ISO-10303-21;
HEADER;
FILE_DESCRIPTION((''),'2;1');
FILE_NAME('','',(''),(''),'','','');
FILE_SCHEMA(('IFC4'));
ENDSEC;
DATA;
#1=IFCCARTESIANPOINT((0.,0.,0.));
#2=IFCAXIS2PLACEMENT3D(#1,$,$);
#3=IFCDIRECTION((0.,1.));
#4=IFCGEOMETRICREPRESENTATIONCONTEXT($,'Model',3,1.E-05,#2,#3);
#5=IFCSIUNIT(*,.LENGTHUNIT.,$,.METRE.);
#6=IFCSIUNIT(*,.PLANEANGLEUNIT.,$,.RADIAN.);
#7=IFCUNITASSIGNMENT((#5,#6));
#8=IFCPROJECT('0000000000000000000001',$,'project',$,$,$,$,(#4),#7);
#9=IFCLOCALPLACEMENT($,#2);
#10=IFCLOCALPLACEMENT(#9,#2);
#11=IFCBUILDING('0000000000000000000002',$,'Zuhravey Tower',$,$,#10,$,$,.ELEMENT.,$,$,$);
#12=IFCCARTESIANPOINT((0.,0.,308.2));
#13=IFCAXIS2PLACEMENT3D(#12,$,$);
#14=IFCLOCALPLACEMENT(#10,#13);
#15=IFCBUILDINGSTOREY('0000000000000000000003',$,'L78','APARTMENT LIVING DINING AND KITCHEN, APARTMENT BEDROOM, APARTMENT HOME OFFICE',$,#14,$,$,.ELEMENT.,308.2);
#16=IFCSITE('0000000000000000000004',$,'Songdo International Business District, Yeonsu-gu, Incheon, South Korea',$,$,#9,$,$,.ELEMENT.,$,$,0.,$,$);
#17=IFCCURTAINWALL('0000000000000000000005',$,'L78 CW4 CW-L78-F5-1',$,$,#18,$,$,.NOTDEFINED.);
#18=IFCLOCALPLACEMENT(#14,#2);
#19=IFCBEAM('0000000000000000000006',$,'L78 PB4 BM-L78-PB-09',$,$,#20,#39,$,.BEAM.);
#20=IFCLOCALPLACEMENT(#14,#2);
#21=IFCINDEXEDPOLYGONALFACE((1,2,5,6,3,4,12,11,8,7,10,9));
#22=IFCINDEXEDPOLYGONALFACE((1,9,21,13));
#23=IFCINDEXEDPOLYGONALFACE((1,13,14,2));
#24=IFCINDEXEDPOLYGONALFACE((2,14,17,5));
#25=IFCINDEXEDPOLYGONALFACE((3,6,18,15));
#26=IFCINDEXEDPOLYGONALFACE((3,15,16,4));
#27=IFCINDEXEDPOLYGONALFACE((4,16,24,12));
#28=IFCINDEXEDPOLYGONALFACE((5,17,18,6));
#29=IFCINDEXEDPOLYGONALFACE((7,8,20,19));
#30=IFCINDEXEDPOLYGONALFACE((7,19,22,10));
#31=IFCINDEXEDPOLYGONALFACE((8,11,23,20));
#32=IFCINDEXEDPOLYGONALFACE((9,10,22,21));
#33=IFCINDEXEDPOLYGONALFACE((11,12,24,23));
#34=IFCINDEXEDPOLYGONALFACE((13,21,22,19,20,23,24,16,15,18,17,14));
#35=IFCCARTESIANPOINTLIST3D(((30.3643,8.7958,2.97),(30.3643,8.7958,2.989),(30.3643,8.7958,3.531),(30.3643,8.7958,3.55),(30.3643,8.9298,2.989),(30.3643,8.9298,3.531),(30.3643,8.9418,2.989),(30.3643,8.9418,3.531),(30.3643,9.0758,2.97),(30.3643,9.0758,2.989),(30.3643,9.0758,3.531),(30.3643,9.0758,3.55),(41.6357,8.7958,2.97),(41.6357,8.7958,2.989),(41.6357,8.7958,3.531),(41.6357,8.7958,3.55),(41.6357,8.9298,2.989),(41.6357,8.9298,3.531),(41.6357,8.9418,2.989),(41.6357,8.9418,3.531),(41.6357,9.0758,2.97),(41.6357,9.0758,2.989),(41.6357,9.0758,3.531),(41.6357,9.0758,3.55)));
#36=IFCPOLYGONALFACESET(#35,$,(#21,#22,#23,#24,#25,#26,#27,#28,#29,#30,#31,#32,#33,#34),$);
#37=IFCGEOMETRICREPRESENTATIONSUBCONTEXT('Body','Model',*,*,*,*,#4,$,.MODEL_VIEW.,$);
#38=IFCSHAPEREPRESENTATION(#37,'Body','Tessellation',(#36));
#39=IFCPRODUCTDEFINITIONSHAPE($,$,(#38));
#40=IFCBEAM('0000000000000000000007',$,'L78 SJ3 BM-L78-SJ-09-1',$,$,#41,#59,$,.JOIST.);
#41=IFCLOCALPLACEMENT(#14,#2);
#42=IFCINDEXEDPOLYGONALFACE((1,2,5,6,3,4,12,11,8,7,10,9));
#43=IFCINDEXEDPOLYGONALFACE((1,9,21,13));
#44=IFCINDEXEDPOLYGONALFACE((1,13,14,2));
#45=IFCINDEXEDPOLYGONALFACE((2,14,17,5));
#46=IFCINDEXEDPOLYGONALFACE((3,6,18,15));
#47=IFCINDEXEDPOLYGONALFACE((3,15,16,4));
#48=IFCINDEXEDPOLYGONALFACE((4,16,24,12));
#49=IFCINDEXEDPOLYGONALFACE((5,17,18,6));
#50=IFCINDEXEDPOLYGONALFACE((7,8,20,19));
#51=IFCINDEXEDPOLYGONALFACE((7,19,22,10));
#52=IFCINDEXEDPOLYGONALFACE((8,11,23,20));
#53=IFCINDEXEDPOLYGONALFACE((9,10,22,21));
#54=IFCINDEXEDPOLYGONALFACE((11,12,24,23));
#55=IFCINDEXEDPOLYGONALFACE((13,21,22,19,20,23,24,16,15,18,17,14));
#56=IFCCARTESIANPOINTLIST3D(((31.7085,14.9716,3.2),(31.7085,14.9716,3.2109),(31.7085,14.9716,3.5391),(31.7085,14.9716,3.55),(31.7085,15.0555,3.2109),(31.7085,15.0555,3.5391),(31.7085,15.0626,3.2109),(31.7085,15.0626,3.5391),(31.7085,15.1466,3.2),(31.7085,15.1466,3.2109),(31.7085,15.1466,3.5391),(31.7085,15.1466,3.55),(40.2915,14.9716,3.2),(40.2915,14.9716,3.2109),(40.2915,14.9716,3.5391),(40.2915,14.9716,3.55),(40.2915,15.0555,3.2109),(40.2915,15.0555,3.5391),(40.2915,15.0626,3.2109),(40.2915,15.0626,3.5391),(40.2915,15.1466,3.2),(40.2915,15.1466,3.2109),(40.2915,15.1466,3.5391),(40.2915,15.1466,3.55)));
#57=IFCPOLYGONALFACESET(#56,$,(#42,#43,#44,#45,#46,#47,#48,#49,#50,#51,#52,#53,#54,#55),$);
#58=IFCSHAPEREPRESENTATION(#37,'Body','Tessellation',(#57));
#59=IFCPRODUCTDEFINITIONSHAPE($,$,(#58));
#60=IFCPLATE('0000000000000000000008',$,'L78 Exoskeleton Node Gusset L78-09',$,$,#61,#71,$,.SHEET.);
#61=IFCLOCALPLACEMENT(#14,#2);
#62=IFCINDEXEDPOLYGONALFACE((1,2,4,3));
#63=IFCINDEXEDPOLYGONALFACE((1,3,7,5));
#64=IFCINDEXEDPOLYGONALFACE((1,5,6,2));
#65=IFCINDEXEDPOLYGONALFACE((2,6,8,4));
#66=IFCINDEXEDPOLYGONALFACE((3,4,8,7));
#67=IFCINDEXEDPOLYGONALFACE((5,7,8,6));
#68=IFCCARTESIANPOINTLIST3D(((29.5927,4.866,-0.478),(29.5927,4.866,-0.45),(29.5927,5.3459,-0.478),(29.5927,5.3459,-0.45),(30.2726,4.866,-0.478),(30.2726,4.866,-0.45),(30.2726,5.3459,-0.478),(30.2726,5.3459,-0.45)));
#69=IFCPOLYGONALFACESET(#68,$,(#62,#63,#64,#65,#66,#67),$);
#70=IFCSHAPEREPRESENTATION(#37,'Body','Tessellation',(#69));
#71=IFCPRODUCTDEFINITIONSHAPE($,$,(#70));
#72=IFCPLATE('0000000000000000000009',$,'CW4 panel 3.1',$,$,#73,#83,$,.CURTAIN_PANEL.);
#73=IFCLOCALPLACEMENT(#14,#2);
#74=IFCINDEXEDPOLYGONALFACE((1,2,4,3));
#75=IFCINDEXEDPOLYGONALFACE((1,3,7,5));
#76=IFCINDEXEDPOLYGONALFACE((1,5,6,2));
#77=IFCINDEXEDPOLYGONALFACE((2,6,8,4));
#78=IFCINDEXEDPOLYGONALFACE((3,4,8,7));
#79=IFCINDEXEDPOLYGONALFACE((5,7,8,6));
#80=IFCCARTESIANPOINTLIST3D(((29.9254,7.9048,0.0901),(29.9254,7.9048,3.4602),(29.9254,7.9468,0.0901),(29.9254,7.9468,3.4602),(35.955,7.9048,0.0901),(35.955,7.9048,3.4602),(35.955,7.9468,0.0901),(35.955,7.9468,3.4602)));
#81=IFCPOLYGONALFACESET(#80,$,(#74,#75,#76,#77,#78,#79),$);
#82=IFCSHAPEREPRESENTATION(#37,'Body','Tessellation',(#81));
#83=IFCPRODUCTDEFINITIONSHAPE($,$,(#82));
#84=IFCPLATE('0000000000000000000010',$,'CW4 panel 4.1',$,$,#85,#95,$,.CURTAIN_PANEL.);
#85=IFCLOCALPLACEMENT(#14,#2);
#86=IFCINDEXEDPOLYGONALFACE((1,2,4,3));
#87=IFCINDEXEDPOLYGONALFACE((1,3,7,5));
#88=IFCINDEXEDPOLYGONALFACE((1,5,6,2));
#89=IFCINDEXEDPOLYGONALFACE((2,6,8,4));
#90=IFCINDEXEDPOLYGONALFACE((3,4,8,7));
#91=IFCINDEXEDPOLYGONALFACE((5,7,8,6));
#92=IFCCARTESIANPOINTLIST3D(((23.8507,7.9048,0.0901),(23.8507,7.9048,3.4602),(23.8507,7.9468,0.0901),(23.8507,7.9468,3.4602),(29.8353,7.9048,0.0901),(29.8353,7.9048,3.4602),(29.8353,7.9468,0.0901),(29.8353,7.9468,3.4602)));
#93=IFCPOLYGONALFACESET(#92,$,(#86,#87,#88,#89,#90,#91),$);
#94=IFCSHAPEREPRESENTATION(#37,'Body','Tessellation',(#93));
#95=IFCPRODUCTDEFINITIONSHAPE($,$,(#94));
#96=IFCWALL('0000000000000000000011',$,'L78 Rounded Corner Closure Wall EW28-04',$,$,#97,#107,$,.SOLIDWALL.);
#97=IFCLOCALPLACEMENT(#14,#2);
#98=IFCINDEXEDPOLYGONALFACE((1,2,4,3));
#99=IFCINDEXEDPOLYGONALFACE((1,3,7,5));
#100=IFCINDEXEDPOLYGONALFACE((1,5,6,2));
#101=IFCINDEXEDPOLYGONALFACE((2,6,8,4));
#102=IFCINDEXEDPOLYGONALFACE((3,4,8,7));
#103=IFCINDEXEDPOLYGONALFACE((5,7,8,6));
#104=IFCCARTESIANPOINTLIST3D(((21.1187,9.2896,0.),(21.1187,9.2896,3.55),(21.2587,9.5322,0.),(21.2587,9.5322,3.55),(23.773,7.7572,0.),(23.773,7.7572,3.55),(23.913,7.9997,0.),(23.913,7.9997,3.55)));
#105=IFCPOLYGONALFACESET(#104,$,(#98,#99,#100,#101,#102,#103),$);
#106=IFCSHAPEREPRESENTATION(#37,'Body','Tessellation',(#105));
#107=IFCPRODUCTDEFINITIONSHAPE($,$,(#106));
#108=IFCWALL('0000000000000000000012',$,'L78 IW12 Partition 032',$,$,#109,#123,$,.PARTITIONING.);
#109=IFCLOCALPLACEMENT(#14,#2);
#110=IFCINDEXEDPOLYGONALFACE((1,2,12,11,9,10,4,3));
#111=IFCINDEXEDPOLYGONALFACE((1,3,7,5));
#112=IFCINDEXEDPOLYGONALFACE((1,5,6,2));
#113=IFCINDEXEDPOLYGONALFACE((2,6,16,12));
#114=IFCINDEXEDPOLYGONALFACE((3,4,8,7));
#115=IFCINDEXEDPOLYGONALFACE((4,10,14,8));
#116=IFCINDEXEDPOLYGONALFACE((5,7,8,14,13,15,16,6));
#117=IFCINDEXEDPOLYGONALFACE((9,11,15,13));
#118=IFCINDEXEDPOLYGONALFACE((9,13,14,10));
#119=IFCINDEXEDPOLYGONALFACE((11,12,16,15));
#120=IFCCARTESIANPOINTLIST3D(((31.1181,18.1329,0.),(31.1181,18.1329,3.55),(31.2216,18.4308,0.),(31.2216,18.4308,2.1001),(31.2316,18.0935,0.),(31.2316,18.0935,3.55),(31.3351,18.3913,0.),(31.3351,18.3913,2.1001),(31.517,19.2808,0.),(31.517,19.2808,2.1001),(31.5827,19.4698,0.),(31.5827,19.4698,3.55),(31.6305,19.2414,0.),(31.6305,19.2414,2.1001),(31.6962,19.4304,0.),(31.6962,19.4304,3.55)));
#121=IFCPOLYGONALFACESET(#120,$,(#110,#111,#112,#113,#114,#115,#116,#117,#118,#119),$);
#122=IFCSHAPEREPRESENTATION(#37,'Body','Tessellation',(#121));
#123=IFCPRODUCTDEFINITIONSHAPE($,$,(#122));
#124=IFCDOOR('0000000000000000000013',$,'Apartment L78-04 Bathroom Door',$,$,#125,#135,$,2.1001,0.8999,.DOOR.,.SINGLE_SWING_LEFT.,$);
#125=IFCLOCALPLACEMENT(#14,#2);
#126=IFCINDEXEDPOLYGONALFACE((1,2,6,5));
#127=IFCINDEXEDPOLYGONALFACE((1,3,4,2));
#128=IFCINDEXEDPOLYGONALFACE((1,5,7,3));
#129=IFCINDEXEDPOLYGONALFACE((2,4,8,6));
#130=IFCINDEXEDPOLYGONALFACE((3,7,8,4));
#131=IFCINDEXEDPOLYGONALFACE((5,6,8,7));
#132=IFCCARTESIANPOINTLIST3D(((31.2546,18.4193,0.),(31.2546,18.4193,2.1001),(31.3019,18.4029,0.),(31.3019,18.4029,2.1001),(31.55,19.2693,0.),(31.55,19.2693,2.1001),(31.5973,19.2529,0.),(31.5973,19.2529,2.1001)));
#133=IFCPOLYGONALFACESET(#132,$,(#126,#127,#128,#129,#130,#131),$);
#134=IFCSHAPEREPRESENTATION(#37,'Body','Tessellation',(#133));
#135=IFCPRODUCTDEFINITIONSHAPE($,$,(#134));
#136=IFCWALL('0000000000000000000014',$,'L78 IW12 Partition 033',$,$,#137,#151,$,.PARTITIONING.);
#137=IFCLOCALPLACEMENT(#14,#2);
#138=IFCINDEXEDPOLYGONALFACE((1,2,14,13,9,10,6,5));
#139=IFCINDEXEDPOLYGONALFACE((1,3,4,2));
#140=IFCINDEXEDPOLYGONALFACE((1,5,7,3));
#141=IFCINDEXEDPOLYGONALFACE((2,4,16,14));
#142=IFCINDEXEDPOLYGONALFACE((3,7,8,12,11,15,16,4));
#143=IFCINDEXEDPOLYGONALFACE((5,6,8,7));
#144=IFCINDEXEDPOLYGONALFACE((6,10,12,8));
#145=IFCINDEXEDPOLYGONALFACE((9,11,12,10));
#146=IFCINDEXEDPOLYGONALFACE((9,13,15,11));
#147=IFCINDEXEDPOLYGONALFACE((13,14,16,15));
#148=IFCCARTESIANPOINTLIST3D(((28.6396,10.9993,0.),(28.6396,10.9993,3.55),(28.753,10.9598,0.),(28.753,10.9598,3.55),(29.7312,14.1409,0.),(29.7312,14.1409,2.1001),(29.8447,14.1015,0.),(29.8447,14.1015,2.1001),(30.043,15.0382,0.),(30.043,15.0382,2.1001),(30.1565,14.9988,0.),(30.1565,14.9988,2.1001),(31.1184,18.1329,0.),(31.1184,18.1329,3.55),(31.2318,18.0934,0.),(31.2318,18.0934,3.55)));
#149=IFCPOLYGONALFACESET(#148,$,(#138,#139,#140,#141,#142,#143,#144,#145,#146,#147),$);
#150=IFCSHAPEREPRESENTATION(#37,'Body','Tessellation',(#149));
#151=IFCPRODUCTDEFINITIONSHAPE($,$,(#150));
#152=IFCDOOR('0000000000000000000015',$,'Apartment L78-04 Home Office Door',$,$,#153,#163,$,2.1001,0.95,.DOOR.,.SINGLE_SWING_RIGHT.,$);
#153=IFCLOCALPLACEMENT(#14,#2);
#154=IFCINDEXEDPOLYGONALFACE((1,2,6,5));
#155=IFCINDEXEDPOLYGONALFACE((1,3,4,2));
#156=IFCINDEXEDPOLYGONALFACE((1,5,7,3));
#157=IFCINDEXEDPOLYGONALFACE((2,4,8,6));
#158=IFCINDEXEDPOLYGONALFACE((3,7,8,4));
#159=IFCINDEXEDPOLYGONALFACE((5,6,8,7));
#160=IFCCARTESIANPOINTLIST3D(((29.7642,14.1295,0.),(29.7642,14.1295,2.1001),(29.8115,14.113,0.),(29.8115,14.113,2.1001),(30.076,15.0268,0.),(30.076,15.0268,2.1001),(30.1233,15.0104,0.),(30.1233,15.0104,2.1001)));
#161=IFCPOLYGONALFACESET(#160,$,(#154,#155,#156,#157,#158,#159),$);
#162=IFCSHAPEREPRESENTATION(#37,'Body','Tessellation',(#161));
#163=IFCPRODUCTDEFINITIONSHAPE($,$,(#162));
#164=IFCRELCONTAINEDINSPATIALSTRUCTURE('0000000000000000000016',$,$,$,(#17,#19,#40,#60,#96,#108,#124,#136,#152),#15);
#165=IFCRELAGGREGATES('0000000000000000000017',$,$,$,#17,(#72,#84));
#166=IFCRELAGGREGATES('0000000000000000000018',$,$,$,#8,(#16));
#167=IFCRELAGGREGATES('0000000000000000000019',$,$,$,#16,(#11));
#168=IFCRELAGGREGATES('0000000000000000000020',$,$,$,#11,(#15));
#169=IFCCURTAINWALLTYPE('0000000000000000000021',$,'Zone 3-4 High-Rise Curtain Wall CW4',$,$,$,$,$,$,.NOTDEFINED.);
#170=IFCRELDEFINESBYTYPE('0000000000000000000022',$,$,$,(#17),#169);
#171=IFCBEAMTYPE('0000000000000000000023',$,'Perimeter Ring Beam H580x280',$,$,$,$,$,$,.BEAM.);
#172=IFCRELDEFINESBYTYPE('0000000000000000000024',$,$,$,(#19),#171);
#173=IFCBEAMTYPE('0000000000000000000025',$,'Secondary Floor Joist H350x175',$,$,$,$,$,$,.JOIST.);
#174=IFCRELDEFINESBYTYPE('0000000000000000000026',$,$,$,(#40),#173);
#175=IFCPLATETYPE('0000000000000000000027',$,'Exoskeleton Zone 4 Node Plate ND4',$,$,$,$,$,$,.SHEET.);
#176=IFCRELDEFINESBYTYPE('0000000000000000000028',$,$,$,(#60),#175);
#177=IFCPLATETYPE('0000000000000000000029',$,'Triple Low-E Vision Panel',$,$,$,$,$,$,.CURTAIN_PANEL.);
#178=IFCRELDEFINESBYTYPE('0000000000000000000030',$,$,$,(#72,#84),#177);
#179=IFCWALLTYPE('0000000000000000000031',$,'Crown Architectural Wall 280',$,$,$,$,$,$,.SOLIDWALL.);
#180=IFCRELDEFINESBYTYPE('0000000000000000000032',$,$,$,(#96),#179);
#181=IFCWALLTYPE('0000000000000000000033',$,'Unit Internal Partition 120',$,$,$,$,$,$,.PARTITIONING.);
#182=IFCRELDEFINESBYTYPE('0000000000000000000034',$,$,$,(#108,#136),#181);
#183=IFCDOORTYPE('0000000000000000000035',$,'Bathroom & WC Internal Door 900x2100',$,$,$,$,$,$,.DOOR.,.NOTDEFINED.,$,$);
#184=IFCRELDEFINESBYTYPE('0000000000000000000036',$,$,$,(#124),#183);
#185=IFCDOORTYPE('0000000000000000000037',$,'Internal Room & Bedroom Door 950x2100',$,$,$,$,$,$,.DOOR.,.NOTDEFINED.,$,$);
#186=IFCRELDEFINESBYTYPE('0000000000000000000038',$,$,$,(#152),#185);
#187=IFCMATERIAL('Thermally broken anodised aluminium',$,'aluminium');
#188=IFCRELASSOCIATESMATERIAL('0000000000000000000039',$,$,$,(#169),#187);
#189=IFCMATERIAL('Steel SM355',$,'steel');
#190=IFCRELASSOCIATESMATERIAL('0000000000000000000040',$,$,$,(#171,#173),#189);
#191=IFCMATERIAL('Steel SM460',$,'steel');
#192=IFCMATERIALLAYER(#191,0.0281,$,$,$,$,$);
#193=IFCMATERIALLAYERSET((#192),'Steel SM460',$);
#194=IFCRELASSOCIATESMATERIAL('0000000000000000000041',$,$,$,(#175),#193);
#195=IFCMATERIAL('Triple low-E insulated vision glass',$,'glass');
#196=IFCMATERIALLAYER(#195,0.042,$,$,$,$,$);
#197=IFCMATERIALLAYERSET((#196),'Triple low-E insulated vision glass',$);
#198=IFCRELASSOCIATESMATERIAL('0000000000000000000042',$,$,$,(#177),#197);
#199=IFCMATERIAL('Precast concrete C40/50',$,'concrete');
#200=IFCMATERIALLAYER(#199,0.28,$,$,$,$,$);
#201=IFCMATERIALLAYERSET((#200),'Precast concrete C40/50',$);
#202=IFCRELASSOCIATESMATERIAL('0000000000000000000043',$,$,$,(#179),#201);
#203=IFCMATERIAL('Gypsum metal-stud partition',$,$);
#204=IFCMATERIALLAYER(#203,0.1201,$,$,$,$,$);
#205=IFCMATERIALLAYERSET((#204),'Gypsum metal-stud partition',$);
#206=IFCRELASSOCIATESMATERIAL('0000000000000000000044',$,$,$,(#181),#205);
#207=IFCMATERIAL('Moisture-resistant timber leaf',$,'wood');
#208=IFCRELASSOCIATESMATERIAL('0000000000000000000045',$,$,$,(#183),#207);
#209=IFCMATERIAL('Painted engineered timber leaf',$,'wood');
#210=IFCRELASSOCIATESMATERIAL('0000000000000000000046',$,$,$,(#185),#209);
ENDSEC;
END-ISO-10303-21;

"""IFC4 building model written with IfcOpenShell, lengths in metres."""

from ifc_helpers import new_model, si_unit, direction, frame, frame_2d, origin, origin_2d, place, context, subcontext, project, spatial, rectangle, i_section, extrude, material, layer, layer_set, material_profile, profile_set, type_object, element, fill, aggregate, save


model = new_model("IFC4")

# Units and contexts
model_context = context("Model", 3, precision=1e-05, world=origin(), true_north=direction((0.0, 1.0)))
body_context = subcontext(model_context, "Body", "Model", "MODEL_VIEW")
ifc_project = project(units=[si_unit("LENGTHUNIT", "METRE"), si_unit("PLANEANGLEUNIT", "RADIAN")], contexts=[model_context])

# Site, building, storey
site_placement = place(None, origin())
site = spatial("IfcSite", under=ifc_project, at=site_placement, Name="Songdo International Business District, Yeonsu-gu, Incheon, South Korea", CompositionType="ELEMENT", RefElevation=0.0)
building_placement = place(site_placement, origin())
building = spatial("IfcBuilding", under=site, at=building_placement, Name="Zuhravey Tower", CompositionType="ELEMENT")
storey_placement = place(building_placement, frame((0.0, 0.0, 308.2)))
storey = spatial("IfcBuildingStorey", under=building, at=storey_placement, Name="L78", Description="APARTMENT LIVING DINING AND KITCHEN, APARTMENT BEDROOM, APARTMENT HOME OFFICE", CompositionType="ELEMENT", Elevation=308.2)

# Curtain wall
ifc_material_1 = material(Name="Thermally broken anodised aluminium", Category="aluminium")
curtain_wall_type = type_object("IfcCurtainWallType", Name="Zone 3-4 High-Rise Curtain Wall CW4", PredefinedType="NOTDEFINED", material=ifc_material_1)
curtain_wall_1_placement = place(storey_placement, origin())
curtain_wall_1 = element("IfcCurtainWall", 1, at=curtain_wall_1_placement, inside=storey, type_object=curtain_wall_type, Name="L78 CW4 CW-L78-F5-1", PredefinedType="NOTDEFINED")

# Shared definitions
ifc_material_2 = material(Name="Steel SM355", Category="steel")

# Beams
ifc_material_profile_1 = material_profile(ifc_material_2, i_section(OverallWidth=0.28, OverallDepth=0.5801, WebThickness=0.012, FlangeThickness=0.019, at=origin_2d()), Name="H-580x280x12x19")
ifc_profile_set_1 = profile_set([ifc_material_profile_1], Name="Steel SM355")
beam_type_1 = type_object("IfcBeamType", Name="Perimeter Ring Beam H580x280", PredefinedType="BEAM", material=ifc_profile_set_1)
beam_1_placement = place(storey_placement, frame((30.3643, 8.9358, 3.26), z_axis=(1.0, 0.0, 0.0), x_axis=(0.0, 1.0, 0.0)))
element("IfcBeam", 2, at=beam_1_placement, inside=storey, type_object=beam_type_1, Name="L78 PB4 BM-L78-PB-09", PredefinedType="BEAM", context=body_context, shape_type="SweptSolid", body=[
    extrude(i_section(OverallWidth=0.28, OverallDepth=0.5801, WebThickness=0.012, FlangeThickness=0.019, at=origin_2d()), origin(), (0.0, 0.0, 1.0), 11.2715),
])
ifc_material_profile_2 = material_profile(ifc_material_2, i_section(OverallWidth=0.175, OverallDepth=0.3501, WebThickness=0.0071, FlangeThickness=0.011, at=origin_2d()), Name="H-350x175x7x11")
ifc_profile_set_2 = profile_set([ifc_material_profile_2], Name="Steel SM355")
beam_type_2 = type_object("IfcBeamType", Name="Secondary Floor Joist H350x175", PredefinedType="JOIST", material=ifc_profile_set_2)
beam_2_placement = place(storey_placement, frame((31.7085, 15.0591, 3.375), z_axis=(1.0, 0.0, 0.0), x_axis=(0.0, 1.0, 0.0)))
element("IfcBeam", 3, at=beam_2_placement, inside=storey, type_object=beam_type_2, Name="L78 SJ3 BM-L78-SJ-09-1", PredefinedType="JOIST", context=body_context, shape_type="SweptSolid", body=[
    extrude(i_section(OverallWidth=0.175, OverallDepth=0.3501, WebThickness=0.0071, FlangeThickness=0.011, at=origin_2d()), origin(), (0.0, 0.0, 1.0), 8.583),
])

# Plates
ifc_material_3 = material(Name="Steel SM460", Category="steel")
ifc_layer_1 = layer(ifc_material_3, 0.0281)
ifc_layer_set_1 = layer_set([ifc_layer_1], Name="Steel SM460")
plate_type_1 = type_object("IfcPlateType", Name="Exoskeleton Zone 4 Node Plate ND4", PredefinedType="SHEET", material=ifc_layer_set_1)
plate_1_placement = place(storey_placement, frame((29.9326, 5.106, -0.478), z_axis=(0.0, 0.0, 1.0), x_axis=(1.0, 0.0, 0.0)))
element("IfcPlate", 4, at=plate_1_placement, inside=storey, type_object=plate_type_1, Name="L78 Exoskeleton Node Gusset L78-09", PredefinedType="SHEET", context=body_context, shape_type="SweptSolid", body=[
    extrude(rectangle(XDim=0.6799, YDim=0.48, at=origin_2d()), origin(), (0.0, 0.0, 1.0), 0.0281),
])
ifc_material_4 = material(Name="Triple low-E insulated vision glass", Category="glass")
ifc_layer_2 = layer(ifc_material_4, 0.042)
ifc_layer_set_2 = layer_set([ifc_layer_2], Name="Triple low-E insulated vision glass")
plate_type_2 = type_object("IfcPlateType", Name="Triple Low-E Vision Panel", PredefinedType="CURTAIN_PANEL", material=ifc_layer_set_2)
plate_2_placement = place(storey_placement, frame((32.9402, 7.9258, 0.0901), z_axis=(0.0, 0.0, 1.0), x_axis=(-1.0, 0.0, 0.0)))
plate_2 = element("IfcPlate", 5, at=plate_2_placement, type_object=plate_type_2, Name="CW4 panel 3.1", PredefinedType="CURTAIN_PANEL", context=body_context, shape_type="SweptSolid", body=[
    extrude(rectangle(XDim=6.0295, YDim=0.042, at=origin_2d()), origin(), (0.0, 0.0, 1.0), 3.3701),
])
plate_3_placement = place(storey_placement, frame((26.843, 7.9258, 0.0901), z_axis=(0.0, 0.0, 1.0), x_axis=(-1.0, 0.0, 0.0)))
plate_3 = element("IfcPlate", 6, at=plate_3_placement, type_object=plate_type_2, Name="CW4 panel 4.1", PredefinedType="CURTAIN_PANEL", context=body_context, shape_type="SweptSolid", body=[
    extrude(rectangle(XDim=5.9846, YDim=0.042, at=origin_2d()), origin(), (0.0, 0.0, 1.0), 3.3701),
])
aggregate(curtain_wall_1, [plate_2, plate_3])

# Wall
ifc_material_5 = material(Name="Precast concrete C40/50", Category="concrete")
ifc_layer_3 = layer(ifc_material_5, 0.28)
ifc_layer_set_3 = layer_set([ifc_layer_3], Name="Precast concrete C40/50")
wall_type_1 = type_object("IfcWallType", Name="Crown Architectural Wall 280", PredefinedType="SOLIDWALL", material=ifc_layer_set_3)
wall_1_placement = place(storey_placement, frame((23.843, 7.8784, 0.0), z_axis=(0.0, 0.0, 1.0), x_axis=(-0.866024, 0.500003, 0.0)))
element("IfcWall", 7, at=wall_1_placement, inside=storey, type_object=wall_type_1, Name="L78 Rounded Corner Closure Wall EW28-04", PredefinedType="SOLIDWALL", context=body_context, shape_type="SweptSolid", body=[
    extrude(rectangle(XDim=3.0649, YDim=0.28, at=frame_2d((1.5325, 0.0))), origin(), (0.0, 0.0, 1.0), 3.55),
])

# Walls, openings, doors
ifc_material_6 = material(Name="Gypsum metal-stud partition")
ifc_layer_4 = layer(ifc_material_6, 0.1201)
ifc_layer_set_4 = layer_set([ifc_layer_4], Name="Gypsum metal-stud partition")
wall_type_2 = type_object("IfcWallType", Name="Unit Internal Partition 120", PredefinedType="PARTITIONING", material=ifc_layer_set_4)
wall_2_placement = place(storey_placement, frame((31.6394, 19.45, 0.0), z_axis=(0.0, 0.0, 1.0), x_axis=(-0.32826, -0.944588, 0.0)))
wall_2 = element("IfcWall", 8, at=wall_2_placement, inside=storey, type_object=wall_type_2, Name="L78 IW12 Partition 032", PredefinedType="PARTITIONING", context=body_context, shape_type="SweptSolid", body=[
    extrude(rectangle(XDim=1.4153, YDim=0.1201, at=frame_2d((0.7075, 0.0))), origin(), (0.0, 0.0, 1.0), 3.55),
])
opening_1_placement = place(wall_2_placement, frame((0.2, 0.0, 0.0)))
opening_1 = element("IfcOpeningElement", 9, at=opening_1_placement, cuts=wall_2, PredefinedType="OPENING", context=body_context, shape_type="SweptSolid", body=[
    extrude(rectangle(XDim=0.8999, YDim=2.1001, at=frame_2d((0.45, 1.05))), frame((0.0, 0.072, 0.0), z_axis=(0.0, -1.0, 0.0), x_axis=(1.0, 0.0, 0.0)), (0.0, 0.0, 1.0), 0.144),
])
ifc_material_7 = material(Name="Moisture-resistant timber leaf", Category="wood")
door_type_1 = type_object("IfcDoorType", Name="Bathroom & WC Internal Door 900x2100", OperationType="NOTDEFINED", PredefinedType="DOOR", material=ifc_material_7)
door_1_placement = place(opening_1_placement, origin())
door_1 = element("IfcDoor", 10, at=door_1_placement, inside=storey, type_object=door_type_1, Name="Apartment L78-04 Bathroom Door", OperationType="SINGLE_SWING_LEFT", OverallHeight=2.1001, OverallWidth=0.8999, PredefinedType="DOOR", context=body_context, shape_type="SweptSolid", body=[
    extrude(rectangle(XDim=0.8999, YDim=2.1001, at=frame_2d((0.45, 1.05))), frame((0.0, 0.0249, 0.0), z_axis=(0.0, -1.0, 0.0), x_axis=(1.0, 0.0, 0.0)), (0.0, 0.0, 1.0), 0.05),
])
fill(opening_1, door_1)
wall_3_placement = place(storey_placement, frame((31.175, 18.113, 0.0), z_axis=(0.0, 0.0, 1.0), x_axis=(-0.328228, -0.944598, 0.0)))
wall_3 = element("IfcWall", 11, at=wall_3_placement, inside=storey, type_object=wall_type_2, Name="L78 IW12 Partition 033", PredefinedType="PARTITIONING", context=body_context, shape_type="SweptSolid", body=[
    extrude(rectangle(XDim=7.552, YDim=0.1201, at=frame_2d((3.7759, 0.0))), origin(), (0.0, 0.0, 1.0), 3.55),
])
opening_2_placement = place(wall_3_placement, frame((3.2759, 0.0, 0.0)))
opening_2 = element("IfcOpeningElement", 12, at=opening_2_placement, cuts=wall_3, PredefinedType="OPENING", context=body_context, shape_type="SweptSolid", body=[
    extrude(rectangle(XDim=0.95, YDim=2.1001, at=frame_2d((0.4751, 1.05))), frame((0.0, 0.072, 0.0), z_axis=(0.0, -1.0, 0.0), x_axis=(1.0, 0.0, 0.0)), (0.0, 0.0, 1.0), 0.144),
])
ifc_material_8 = material(Name="Painted engineered timber leaf", Category="wood")
door_type_2 = type_object("IfcDoorType", Name="Internal Room & Bedroom Door 950x2100", OperationType="NOTDEFINED", PredefinedType="DOOR", material=ifc_material_8)
door_2_placement = place(opening_2_placement, origin())
door_2 = element("IfcDoor", 13, at=door_2_placement, inside=storey, type_object=door_type_2, Name="Apartment L78-04 Home Office Door", OperationType="SINGLE_SWING_RIGHT", OverallHeight=2.1001, OverallWidth=0.95, PredefinedType="DOOR", context=body_context, shape_type="SweptSolid", body=[
    extrude(rectangle(XDim=0.95, YDim=2.1001, at=frame_2d((0.4751, 1.05))), frame((0.0, 0.0249, 0.0), z_axis=(0.0, -1.0, 0.0), x_axis=(1.0, 0.0, 0.0)), (0.0, 0.0, 1.0), 0.05),
])
fill(opening_2, door_2)

save(model, "model.ifc")
